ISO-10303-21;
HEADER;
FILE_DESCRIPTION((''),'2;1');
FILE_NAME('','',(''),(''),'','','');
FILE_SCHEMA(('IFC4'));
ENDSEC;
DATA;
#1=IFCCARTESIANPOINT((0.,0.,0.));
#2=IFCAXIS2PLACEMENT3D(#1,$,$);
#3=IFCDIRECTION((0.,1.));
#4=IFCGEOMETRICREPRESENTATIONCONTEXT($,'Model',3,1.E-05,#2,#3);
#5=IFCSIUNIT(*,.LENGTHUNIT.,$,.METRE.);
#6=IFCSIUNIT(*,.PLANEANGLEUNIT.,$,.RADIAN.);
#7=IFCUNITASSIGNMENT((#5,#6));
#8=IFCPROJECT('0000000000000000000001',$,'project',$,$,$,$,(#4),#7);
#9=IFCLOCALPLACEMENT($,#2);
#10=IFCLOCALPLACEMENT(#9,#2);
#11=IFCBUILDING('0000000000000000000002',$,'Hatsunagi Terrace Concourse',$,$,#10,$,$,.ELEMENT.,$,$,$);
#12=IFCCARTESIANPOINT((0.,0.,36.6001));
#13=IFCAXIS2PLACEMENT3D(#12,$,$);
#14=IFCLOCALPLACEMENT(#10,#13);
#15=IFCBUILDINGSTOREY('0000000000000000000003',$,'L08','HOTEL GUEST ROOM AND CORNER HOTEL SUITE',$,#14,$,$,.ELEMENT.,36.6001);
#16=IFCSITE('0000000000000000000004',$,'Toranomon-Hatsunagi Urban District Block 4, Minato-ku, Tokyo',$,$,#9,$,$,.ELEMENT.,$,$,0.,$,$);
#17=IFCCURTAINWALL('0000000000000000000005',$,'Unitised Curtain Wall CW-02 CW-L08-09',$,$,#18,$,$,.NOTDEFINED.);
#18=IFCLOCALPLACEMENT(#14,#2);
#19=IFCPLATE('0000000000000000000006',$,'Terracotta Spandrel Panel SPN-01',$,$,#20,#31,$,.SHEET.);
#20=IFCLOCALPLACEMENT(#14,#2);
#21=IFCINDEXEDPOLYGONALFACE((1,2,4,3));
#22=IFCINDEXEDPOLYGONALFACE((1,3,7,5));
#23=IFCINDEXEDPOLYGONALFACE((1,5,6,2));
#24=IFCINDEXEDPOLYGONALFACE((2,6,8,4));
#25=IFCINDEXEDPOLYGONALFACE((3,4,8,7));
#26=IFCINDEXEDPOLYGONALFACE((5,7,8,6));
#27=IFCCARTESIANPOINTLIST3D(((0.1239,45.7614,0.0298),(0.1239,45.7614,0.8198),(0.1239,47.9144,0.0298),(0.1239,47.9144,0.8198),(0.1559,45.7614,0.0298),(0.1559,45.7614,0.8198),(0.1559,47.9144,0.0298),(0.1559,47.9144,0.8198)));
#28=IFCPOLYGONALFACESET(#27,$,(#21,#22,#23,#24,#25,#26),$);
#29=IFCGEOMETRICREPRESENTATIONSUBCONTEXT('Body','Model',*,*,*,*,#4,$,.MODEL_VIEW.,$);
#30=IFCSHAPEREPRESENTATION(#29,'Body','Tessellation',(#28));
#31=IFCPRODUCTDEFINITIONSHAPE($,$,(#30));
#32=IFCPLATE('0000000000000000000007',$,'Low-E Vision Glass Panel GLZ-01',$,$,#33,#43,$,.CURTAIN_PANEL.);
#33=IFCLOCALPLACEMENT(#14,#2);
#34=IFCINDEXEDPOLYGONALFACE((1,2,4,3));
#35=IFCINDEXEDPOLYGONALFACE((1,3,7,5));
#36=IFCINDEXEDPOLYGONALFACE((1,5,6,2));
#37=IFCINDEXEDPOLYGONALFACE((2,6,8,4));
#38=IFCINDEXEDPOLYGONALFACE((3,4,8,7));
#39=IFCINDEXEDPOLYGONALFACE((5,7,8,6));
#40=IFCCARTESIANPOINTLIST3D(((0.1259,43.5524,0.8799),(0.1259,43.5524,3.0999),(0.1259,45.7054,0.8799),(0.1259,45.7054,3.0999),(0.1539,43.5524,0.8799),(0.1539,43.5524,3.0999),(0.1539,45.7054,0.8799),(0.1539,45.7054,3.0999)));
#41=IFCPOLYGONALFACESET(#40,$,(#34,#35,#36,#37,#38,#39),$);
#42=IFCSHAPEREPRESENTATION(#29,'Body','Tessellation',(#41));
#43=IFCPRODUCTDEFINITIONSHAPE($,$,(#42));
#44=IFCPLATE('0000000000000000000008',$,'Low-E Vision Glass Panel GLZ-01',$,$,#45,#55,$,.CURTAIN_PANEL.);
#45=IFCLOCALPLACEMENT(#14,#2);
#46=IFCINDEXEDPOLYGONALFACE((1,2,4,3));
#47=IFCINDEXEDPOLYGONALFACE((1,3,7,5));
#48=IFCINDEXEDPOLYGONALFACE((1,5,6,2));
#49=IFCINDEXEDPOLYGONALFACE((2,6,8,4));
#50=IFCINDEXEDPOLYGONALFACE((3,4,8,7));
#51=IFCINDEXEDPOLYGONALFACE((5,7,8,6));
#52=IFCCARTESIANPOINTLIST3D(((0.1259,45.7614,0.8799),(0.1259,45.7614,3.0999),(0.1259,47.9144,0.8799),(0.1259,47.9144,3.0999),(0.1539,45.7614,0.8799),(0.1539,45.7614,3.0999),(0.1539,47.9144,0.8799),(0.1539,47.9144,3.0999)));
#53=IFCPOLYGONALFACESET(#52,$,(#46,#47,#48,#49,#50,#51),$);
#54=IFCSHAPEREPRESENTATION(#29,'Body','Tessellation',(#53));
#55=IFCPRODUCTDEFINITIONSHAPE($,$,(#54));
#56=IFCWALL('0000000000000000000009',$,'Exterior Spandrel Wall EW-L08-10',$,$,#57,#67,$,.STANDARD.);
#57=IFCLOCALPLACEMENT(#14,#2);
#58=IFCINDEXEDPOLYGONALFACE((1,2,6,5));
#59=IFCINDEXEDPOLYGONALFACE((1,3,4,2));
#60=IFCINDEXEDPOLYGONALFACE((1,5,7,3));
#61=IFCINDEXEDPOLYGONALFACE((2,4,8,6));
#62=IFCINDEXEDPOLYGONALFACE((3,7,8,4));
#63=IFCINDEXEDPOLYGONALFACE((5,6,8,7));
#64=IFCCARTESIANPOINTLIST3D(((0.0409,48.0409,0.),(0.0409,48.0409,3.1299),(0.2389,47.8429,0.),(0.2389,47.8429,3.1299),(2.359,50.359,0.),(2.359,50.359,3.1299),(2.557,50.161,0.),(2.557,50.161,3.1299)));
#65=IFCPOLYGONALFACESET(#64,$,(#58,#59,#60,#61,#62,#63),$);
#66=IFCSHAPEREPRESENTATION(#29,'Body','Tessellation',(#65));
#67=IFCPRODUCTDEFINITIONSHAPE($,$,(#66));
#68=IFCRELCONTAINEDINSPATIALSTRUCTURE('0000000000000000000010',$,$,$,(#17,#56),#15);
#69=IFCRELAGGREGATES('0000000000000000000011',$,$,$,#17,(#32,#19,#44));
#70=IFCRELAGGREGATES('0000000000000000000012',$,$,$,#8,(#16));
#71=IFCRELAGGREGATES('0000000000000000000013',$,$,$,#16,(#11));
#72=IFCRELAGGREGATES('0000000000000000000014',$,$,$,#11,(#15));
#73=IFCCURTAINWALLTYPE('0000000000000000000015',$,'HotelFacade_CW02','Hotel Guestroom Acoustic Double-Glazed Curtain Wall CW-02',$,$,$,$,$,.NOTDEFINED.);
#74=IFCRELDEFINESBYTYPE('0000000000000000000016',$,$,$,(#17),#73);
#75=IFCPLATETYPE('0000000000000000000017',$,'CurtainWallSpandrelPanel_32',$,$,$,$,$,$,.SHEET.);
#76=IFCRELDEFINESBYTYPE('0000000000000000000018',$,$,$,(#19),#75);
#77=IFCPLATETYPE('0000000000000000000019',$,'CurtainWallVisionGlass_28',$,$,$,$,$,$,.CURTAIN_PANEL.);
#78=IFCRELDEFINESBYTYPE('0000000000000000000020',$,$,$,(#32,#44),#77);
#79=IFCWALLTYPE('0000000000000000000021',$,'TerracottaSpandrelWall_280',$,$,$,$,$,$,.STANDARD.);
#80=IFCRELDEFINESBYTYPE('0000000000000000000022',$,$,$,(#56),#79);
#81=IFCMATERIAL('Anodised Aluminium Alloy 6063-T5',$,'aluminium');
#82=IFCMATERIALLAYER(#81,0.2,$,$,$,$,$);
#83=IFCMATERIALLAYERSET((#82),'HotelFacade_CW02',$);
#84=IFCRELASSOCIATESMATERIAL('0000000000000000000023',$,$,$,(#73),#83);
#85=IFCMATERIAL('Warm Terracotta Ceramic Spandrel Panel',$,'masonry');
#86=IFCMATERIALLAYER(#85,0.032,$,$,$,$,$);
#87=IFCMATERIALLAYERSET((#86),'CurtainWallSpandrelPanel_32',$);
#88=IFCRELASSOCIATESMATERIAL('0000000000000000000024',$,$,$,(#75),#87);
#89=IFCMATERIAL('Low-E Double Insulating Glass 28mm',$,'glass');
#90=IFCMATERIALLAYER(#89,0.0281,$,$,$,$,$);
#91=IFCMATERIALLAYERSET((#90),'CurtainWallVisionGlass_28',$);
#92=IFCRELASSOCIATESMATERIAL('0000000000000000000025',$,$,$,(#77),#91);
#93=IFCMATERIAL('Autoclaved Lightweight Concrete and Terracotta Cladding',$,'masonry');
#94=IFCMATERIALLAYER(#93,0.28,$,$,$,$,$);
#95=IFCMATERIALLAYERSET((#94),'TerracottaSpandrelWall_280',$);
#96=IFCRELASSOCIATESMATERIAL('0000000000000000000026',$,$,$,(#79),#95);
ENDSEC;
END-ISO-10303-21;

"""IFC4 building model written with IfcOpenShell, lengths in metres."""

from ifc_helpers import new_model, si_unit, direction, frame, frame_2d, origin, origin_2d, place, context, subcontext, project, spatial, rectangle, extrude, material, layer, layer_set, type_object, element, aggregate, save


model = new_model("IFC4")

# Units and contexts
model_context = context("Model", 3, precision=1e-05, world=origin(), true_north=direction((0.0, 1.0)))
body_context = subcontext(model_context, "Body", "Model", "MODEL_VIEW")
ifc_project = project(units=[si_unit("LENGTHUNIT", "METRE"), si_unit("PLANEANGLEUNIT", "RADIAN")], contexts=[model_context])

# Site, building, storey
site_placement = place(None, origin())
site = spatial("IfcSite", under=ifc_project, at=site_placement, Name="Toranomon-Hatsunagi Urban District Block 4, Minato-ku, Tokyo", CompositionType="ELEMENT", RefElevation=0.0)
building_placement = place(site_placement, origin())
building = spatial("IfcBuilding", under=site, at=building_placement, Name="Hatsunagi Terrace Concourse", CompositionType="ELEMENT")
storey_placement = place(building_placement, frame((0.0, 0.0, 36.6001)))
storey = spatial("IfcBuildingStorey", under=building, at=storey_placement, Name="L08", Description="HOTEL GUEST ROOM AND CORNER HOTEL SUITE", CompositionType="ELEMENT", Elevation=36.6001)

# Curtain wall
ifc_material_1 = material(Name="Anodised Aluminium Alloy 6063-T5", Category="aluminium")
ifc_layer_1 = layer(ifc_material_1, 0.2)
ifc_layer_set_1 = layer_set([ifc_layer_1], Name="HotelFacade_CW02")
curtain_wall_type = type_object("IfcCurtainWallType", Name="HotelFacade_CW02", Description="Hotel Guestroom Acoustic Double-Glazed Curtain Wall CW-02", PredefinedType="NOTDEFINED", material=ifc_layer_set_1)
curtain_wall_placement = place(storey_placement, origin())
curtain_wall = element("IfcCurtainWall", 1, at=curtain_wall_placement, inside=storey, type_object=curtain_wall_type, Name="Unitised Curtain Wall CW-02 CW-L08-09", PredefinedType="NOTDEFINED")

# Plates
ifc_material_2 = material(Name="Warm Terracotta Ceramic Spandrel Panel", Category="masonry")
ifc_layer_2 = layer(ifc_material_2, 0.032)
ifc_layer_set_2 = layer_set([ifc_layer_2], Name="CurtainWallSpandrelPanel_32")
plate_type_1 = type_object("IfcPlateType", Name="CurtainWallSpandrelPanel_32", PredefinedType="SHEET", material=ifc_layer_set_2)
plate_1_placement = place(storey_placement, frame((0.1399, 46.8379, 0.0298), z_axis=(0.0, 0.0, 1.0), x_axis=(0.0, 1.0, 0.0)))
plate_1 = element("IfcPlate", 2, at=plate_1_placement, type_object=plate_type_1, Name="Terracotta Spandrel Panel SPN-01", PredefinedType="SHEET", context=body_context, shape_type="SweptSolid", body=[
    extrude(rectangle(XDim=2.1531, YDim=0.032, at=origin_2d()), origin(), (0.0, 0.0, 1.0), 0.79),
])
ifc_material_3 = material(Name="Low-E Double Insulating Glass 28mm", Category="glass")
ifc_layer_3 = layer(ifc_material_3, 0.0281)
ifc_layer_set_3 = layer_set([ifc_layer_3], Name="CurtainWallVisionGlass_28")
plate_type_2 = type_object("IfcPlateType", Name="CurtainWallVisionGlass_28", PredefinedType="CURTAIN_PANEL", material=ifc_layer_set_3)
plate_2_placement = place(storey_placement, frame((0.1399, 44.6289, 0.8799), z_axis=(0.0, 0.0, 1.0), x_axis=(0.0, 1.0, 0.0)))
plate_2 = element("IfcPlate", 3, at=plate_2_placement, type_object=plate_type_2, Name="Low-E Vision Glass Panel GLZ-01", PredefinedType="CURTAIN_PANEL", context=body_context, shape_type="SweptSolid", body=[
    extrude(rectangle(XDim=2.1531, YDim=0.0281, at=origin_2d()), origin(), (0.0, 0.0, 1.0), 2.22),
])
plate_3_placement = place(storey_placement, frame((0.1399, 46.8379, 0.8799), z_axis=(0.0, 0.0, 1.0), x_axis=(0.0, 1.0, 0.0)))
plate_3 = element("IfcPlate", 4, at=plate_3_placement, type_object=plate_type_2, Name="Low-E Vision Glass Panel GLZ-01", PredefinedType="CURTAIN_PANEL", context=body_context, shape_type="SweptSolid", body=[
    extrude(rectangle(XDim=2.1531, YDim=0.0281, at=origin_2d()), origin(), (0.0, 0.0, 1.0), 2.22),
])
aggregate(curtain_wall, [plate_2, plate_1, plate_3])

# Wall
ifc_material_4 = material(Name="Autoclaved Lightweight Concrete and Terracotta Cladding", Category="masonry")
ifc_layer_4 = layer(ifc_material_4, 0.28)
ifc_layer_set_4 = layer_set([ifc_layer_4], Name="TerracottaSpandrelWall_280")
wall_type = type_object("IfcWallType", Name="TerracottaSpandrelWall_280", PredefinedType="STANDARD", material=ifc_layer_set_4)
wall_1_placement = place(storey_placement, frame((0.1399, 47.9419, 0.0), z_axis=(0.0, 0.0, 1.0), x_axis=(0.707107, 0.707107, 0.0)))
element("IfcWall", 5, at=wall_1_placement, inside=storey, type_object=wall_type, Name="Exterior Spandrel Wall EW-L08-10", PredefinedType="STANDARD", context=body_context, shape_type="SweptSolid", body=[
    extrude(rectangle(XDim=3.2783, YDim=0.28, at=frame_2d((1.6392, 0.0))), origin(), (0.0, 0.0, 1.0), 3.1299),
])

save(model, "model.ifc")
